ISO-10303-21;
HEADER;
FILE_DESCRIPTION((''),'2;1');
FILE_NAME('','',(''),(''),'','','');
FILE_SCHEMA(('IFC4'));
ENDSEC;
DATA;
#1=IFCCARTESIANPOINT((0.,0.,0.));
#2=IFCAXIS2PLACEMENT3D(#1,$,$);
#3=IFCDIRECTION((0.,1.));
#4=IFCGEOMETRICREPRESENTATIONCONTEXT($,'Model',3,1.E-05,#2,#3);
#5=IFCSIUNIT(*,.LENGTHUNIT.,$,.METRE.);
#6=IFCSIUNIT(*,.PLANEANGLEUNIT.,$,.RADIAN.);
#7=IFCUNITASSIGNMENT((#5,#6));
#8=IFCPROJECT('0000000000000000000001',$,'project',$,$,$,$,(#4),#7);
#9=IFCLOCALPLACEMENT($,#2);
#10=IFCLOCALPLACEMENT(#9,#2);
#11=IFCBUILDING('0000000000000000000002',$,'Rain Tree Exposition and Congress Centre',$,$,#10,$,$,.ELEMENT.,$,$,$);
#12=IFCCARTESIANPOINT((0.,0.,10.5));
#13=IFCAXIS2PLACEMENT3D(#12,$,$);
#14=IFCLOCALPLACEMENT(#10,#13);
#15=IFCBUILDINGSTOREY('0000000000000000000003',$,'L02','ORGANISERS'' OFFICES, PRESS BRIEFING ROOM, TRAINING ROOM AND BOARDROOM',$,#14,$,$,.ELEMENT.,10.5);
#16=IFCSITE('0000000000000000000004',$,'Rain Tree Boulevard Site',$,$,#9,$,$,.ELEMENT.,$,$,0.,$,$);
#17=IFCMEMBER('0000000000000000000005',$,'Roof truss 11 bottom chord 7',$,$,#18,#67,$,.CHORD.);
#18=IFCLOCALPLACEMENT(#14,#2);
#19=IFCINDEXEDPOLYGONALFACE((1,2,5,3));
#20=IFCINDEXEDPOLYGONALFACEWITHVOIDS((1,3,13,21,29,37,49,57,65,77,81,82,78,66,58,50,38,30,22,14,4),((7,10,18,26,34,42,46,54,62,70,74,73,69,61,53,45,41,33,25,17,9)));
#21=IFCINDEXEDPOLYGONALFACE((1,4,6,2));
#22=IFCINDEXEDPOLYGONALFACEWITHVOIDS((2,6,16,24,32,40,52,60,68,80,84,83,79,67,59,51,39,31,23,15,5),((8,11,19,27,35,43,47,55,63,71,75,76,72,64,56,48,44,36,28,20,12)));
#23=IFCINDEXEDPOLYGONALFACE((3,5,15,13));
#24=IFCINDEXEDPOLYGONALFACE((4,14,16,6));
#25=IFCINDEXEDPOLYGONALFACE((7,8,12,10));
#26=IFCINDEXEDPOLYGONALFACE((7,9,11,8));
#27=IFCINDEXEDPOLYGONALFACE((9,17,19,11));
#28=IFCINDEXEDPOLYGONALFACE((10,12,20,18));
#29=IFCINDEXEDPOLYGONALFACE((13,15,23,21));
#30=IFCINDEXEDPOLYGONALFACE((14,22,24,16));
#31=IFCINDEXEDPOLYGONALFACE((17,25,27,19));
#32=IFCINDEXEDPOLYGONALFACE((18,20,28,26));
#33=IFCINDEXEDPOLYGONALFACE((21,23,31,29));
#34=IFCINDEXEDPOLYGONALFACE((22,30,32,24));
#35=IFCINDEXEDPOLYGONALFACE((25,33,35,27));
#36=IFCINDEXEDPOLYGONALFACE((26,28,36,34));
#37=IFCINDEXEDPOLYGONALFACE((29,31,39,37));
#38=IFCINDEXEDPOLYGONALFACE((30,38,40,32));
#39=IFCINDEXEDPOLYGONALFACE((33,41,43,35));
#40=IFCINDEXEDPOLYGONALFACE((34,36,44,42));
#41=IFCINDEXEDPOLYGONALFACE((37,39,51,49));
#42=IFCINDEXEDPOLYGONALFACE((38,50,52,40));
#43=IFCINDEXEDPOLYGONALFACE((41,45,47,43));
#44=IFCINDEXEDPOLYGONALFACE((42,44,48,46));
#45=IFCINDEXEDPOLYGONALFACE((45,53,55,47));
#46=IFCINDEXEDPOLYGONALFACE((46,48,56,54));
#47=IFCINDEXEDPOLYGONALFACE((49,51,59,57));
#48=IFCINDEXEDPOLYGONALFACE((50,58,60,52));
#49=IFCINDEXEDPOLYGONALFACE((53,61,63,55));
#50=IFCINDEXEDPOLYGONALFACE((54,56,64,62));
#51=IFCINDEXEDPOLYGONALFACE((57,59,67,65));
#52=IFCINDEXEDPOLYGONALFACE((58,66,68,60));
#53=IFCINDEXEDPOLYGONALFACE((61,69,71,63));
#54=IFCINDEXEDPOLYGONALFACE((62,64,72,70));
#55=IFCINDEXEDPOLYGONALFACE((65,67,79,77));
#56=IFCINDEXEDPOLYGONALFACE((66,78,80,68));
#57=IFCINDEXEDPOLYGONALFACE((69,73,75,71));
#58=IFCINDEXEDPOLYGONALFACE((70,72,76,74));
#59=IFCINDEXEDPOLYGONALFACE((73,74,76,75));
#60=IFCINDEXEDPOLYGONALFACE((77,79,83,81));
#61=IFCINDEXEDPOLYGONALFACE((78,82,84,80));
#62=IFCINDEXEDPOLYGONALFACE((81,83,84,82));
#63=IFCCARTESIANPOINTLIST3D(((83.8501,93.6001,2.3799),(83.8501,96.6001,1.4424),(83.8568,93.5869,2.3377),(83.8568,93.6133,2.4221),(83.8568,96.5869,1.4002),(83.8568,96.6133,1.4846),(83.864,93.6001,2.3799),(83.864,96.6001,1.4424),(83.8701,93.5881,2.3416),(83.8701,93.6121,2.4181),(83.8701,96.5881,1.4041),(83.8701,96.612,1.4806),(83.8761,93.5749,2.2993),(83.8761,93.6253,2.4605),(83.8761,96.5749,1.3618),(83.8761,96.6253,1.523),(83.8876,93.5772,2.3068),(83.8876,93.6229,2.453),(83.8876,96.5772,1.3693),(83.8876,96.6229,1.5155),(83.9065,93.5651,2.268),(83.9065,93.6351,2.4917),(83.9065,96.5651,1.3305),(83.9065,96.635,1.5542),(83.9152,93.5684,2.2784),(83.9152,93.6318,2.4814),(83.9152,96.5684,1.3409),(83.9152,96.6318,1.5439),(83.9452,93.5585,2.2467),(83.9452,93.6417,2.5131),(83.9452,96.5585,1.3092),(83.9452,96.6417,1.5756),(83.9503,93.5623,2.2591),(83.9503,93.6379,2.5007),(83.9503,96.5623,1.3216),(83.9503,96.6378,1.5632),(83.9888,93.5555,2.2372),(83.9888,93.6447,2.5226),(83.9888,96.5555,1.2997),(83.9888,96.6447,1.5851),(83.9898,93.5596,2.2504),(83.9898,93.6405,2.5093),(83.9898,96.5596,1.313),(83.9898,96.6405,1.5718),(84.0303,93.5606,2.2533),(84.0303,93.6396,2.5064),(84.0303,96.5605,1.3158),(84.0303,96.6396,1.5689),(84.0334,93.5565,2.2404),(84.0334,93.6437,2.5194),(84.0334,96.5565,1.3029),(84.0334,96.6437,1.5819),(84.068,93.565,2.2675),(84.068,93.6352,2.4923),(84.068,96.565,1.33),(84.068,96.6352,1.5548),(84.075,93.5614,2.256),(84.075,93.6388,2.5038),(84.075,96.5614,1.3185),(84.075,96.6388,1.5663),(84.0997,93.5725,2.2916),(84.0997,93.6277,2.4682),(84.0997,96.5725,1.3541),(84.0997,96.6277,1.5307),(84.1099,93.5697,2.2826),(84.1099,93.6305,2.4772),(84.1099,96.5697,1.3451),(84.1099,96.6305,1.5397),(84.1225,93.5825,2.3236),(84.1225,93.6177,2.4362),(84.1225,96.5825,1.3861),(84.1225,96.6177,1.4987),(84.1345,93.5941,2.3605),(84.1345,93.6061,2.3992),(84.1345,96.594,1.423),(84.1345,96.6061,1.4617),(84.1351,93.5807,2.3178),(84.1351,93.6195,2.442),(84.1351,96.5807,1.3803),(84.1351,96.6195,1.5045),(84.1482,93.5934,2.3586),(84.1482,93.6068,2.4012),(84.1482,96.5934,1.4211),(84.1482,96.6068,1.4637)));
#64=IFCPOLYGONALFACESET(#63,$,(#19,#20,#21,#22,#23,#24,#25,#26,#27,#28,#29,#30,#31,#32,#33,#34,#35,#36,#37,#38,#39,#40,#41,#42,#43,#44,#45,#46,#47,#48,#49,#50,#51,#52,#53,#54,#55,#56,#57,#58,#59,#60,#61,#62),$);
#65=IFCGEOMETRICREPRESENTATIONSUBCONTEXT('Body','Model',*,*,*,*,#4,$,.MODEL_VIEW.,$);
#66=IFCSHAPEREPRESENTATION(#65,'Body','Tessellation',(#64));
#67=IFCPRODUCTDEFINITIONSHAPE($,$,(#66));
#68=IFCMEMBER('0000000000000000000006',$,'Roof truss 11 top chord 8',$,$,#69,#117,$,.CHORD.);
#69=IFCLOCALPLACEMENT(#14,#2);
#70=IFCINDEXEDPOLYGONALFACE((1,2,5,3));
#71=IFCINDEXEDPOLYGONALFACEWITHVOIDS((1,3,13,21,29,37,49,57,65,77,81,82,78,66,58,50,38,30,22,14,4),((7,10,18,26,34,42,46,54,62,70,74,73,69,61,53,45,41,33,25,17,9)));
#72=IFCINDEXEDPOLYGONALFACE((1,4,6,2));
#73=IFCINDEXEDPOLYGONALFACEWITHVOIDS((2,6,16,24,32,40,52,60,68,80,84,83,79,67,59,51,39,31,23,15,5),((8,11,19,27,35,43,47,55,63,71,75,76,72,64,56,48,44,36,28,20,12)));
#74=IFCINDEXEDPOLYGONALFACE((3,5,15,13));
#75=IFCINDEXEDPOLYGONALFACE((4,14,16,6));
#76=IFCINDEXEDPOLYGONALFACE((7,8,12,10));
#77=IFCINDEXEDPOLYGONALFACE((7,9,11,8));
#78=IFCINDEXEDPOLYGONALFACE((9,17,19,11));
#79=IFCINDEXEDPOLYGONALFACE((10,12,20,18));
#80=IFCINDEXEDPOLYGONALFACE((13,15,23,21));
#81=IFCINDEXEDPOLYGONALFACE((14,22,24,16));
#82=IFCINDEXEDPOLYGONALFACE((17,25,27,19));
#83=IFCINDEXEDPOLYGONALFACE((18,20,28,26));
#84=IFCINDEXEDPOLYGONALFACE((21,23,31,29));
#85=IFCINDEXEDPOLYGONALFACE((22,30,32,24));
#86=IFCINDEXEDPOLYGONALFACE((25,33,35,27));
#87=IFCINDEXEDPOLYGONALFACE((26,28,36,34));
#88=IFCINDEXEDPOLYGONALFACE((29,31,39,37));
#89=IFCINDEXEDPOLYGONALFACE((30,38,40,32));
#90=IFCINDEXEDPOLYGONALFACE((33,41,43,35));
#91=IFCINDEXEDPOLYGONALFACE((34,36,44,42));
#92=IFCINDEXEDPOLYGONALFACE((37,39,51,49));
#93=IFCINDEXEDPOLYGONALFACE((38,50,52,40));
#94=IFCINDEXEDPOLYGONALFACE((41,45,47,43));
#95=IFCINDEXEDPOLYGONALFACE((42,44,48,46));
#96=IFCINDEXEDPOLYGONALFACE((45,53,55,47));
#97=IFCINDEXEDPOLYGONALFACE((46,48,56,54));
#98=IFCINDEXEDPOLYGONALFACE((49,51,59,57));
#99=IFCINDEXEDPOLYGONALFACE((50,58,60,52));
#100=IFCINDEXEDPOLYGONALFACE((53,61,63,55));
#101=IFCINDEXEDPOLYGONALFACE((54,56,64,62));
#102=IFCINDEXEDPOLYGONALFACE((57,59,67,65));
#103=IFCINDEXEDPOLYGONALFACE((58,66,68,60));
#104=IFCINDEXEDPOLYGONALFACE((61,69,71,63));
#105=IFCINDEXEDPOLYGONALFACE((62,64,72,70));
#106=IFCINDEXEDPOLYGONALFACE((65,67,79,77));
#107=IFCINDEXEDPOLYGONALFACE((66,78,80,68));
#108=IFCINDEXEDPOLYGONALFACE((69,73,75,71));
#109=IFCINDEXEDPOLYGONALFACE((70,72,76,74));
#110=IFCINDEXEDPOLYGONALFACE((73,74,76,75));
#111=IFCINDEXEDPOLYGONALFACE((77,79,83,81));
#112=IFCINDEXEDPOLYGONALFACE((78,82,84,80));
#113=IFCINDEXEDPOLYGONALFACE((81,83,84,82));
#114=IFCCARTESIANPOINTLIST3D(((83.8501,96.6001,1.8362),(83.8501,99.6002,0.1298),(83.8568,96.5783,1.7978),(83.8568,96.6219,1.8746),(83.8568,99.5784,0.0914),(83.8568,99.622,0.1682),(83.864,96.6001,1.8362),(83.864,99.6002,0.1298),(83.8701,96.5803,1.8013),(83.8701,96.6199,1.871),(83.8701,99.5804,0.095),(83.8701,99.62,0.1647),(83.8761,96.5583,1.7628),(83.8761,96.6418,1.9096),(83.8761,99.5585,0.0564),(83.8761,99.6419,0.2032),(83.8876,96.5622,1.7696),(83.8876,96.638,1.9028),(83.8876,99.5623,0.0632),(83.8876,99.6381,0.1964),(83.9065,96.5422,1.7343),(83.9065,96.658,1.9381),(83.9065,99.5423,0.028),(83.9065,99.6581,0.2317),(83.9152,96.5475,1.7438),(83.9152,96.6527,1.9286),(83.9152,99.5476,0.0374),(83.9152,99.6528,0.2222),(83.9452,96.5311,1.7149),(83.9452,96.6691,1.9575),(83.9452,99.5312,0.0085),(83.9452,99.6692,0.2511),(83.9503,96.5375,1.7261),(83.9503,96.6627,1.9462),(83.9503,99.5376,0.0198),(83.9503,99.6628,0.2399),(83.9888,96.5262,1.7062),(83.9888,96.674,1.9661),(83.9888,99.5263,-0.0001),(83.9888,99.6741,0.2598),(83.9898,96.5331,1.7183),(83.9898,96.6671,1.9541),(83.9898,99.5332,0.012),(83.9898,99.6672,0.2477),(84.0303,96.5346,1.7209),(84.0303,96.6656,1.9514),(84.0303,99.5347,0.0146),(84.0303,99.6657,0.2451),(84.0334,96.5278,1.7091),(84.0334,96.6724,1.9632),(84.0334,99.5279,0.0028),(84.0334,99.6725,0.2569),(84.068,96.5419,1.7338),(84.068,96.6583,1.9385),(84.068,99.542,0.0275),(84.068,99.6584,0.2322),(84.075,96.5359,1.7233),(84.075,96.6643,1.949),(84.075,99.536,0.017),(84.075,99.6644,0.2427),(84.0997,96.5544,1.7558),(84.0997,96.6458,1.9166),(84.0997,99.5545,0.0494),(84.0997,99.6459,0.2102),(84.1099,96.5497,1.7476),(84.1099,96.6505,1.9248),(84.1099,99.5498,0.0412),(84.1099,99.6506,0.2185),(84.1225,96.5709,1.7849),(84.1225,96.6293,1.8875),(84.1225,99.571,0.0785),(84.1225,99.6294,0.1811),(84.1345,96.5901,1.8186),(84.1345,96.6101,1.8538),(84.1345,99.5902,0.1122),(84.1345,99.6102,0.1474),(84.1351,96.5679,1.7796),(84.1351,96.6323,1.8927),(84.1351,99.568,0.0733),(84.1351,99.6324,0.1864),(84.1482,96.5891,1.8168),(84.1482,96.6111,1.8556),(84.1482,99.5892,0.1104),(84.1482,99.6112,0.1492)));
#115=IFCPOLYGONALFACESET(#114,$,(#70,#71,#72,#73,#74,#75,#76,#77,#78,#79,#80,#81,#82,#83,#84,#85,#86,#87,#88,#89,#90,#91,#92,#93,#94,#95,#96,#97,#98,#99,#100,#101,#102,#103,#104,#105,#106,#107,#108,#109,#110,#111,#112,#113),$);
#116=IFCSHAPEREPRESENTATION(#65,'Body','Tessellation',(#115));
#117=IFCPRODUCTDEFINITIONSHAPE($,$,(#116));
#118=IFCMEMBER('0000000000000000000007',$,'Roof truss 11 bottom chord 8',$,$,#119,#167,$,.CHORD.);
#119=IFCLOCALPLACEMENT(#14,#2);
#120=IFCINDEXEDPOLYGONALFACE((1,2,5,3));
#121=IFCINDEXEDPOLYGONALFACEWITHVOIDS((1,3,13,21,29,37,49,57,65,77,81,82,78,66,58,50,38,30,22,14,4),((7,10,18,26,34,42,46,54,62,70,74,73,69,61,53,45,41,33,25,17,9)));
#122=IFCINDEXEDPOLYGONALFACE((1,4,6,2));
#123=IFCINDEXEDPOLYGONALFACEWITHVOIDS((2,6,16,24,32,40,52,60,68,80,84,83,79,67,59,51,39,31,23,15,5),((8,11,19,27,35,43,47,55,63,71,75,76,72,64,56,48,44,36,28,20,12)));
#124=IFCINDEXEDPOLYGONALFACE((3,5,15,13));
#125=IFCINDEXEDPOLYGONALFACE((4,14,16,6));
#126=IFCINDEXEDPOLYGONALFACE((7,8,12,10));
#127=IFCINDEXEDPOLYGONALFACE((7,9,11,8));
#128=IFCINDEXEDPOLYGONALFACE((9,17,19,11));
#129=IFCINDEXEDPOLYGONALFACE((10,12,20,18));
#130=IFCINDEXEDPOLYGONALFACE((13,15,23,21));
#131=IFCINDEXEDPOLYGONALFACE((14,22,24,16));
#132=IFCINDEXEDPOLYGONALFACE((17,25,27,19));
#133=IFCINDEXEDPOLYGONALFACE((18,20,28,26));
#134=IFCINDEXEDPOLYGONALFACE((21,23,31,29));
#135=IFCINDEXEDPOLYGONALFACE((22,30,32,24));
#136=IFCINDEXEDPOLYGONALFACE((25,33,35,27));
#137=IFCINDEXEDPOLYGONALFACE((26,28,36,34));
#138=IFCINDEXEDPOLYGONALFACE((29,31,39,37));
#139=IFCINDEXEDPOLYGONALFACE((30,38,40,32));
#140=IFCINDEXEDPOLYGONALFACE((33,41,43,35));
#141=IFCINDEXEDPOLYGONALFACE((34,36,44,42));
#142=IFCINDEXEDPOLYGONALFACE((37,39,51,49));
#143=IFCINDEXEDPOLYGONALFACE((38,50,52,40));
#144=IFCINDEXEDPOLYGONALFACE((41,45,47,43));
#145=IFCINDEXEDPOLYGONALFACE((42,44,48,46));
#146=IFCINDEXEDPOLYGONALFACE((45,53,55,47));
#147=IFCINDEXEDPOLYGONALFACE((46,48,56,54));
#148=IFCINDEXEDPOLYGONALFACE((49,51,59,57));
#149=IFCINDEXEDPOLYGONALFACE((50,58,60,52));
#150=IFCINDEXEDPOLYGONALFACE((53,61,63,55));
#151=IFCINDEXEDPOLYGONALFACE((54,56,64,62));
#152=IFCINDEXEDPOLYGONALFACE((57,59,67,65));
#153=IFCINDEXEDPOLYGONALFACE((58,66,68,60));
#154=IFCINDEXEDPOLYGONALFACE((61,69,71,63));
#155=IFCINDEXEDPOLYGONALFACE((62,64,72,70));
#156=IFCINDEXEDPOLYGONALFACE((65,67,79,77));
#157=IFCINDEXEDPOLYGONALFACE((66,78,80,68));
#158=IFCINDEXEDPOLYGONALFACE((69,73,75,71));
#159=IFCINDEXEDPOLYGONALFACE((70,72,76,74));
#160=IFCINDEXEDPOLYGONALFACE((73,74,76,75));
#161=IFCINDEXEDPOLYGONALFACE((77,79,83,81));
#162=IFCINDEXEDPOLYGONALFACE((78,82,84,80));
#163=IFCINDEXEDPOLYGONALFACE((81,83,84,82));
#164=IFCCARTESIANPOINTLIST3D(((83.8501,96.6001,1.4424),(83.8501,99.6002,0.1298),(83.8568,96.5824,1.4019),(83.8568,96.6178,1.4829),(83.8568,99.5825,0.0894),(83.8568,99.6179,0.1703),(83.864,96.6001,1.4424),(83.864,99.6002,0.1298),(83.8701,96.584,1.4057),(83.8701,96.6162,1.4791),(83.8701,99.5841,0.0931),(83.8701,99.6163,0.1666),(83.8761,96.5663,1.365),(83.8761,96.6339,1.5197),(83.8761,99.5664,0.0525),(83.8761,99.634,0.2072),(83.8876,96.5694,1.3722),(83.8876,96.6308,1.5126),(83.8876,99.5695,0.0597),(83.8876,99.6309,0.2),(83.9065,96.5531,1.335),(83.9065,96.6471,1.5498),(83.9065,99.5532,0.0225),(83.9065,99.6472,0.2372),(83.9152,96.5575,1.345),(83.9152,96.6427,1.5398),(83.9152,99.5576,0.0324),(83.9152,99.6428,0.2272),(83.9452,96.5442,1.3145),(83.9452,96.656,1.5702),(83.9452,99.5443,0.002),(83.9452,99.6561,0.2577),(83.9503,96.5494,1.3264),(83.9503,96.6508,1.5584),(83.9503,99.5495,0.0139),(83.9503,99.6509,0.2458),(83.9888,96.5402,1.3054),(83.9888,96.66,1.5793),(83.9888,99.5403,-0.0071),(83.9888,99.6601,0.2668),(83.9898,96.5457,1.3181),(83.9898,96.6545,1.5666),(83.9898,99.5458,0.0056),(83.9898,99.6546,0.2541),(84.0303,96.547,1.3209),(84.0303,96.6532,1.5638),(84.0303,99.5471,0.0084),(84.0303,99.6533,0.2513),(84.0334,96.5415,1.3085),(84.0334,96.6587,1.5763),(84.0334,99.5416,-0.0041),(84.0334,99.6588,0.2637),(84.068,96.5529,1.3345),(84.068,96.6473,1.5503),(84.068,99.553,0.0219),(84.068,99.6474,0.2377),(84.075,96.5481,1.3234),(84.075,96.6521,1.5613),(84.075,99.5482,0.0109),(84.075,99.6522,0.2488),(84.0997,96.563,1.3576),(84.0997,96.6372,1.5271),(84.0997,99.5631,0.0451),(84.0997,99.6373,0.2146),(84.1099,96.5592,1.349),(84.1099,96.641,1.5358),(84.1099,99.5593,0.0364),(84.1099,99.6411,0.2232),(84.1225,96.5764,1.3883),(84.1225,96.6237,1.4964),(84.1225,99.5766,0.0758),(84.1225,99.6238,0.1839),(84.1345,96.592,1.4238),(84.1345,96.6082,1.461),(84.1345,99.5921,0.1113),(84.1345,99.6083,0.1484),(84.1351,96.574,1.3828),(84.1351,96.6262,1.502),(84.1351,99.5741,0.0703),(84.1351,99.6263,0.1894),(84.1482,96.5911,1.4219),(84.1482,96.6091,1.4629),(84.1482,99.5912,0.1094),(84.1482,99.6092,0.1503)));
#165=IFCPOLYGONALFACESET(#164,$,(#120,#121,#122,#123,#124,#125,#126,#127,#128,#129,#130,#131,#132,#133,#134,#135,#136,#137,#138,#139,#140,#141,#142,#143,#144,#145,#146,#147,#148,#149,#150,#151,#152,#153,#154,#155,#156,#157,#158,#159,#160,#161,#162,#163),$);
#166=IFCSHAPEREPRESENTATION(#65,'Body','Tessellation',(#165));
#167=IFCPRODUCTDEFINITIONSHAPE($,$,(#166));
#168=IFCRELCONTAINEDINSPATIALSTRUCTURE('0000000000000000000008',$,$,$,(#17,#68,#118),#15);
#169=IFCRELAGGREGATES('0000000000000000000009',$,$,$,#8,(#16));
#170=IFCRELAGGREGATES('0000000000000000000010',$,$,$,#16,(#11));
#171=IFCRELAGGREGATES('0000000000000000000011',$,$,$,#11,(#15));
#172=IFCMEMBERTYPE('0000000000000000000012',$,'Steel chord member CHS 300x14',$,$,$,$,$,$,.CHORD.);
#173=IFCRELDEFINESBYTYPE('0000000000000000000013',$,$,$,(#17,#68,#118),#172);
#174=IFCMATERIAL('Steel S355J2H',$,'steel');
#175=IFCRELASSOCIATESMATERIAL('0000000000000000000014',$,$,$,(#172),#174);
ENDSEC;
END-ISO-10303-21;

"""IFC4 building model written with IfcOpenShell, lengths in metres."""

from ifc_helpers import new_model, si_unit, direction, frame, origin, origin_2d, place, context, subcontext, project, spatial, hollow_circle, extrude, material, material_profile, profile_set, type_object, element, save


model = new_model("IFC4")

# Units and contexts
model_context = context("Model", 3, precision=1e-05, world=origin(), true_north=direction((0.0, 1.0)))
body_context = subcontext(model_context, "Body", "Model", "MODEL_VIEW")
ifc_project = project(units=[si_unit("LENGTHUNIT", "METRE"), si_unit("PLANEANGLEUNIT", "RADIAN")], contexts=[model_context])

# Site, building, storey
site_placement = place(None, origin())
site = spatial("IfcSite", under=ifc_project, at=site_placement, Name="Rain Tree Boulevard Site", CompositionType="ELEMENT", RefElevation=0.0)
building_placement = place(site_placement, origin())
building = spatial("IfcBuilding", under=site, at=building_placement, Name="Rain Tree Exposition and Congress Centre", CompositionType="ELEMENT")
storey_placement = place(building_placement, frame((0.0, 0.0, 10.5)))
storey = spatial("IfcBuildingStorey", under=building, at=storey_placement, Name="L02", Description="ORGANISERS' OFFICES, PRESS BRIEFING ROOM, TRAINING ROOM AND BOARDROOM", CompositionType="ELEMENT", Elevation=10.5)

# Members
ifc_material_1 = material(Name="Steel S355J2H", Category="steel")
ifc_material_profile_1 = material_profile(ifc_material_1, hollow_circle(Radius=0.1499, WallThickness=0.0139, at=origin_2d()), Name="CHS 300x14")
ifc_profile_set_1 = profile_set([ifc_material_profile_1], Name="Steel S355J2H")
member_type_1 = type_object("IfcMemberType", Name="Steel chord member CHS 300x14", PredefinedType="CHORD", material=ifc_profile_set_1)
member_1_placement = place(storey_placement, frame((84.0, 93.6001, 2.3799), z_axis=(0.0, 0.95448, -0.298275), x_axis=(-1.0, 0.0, 0.0)))
element("IfcMember", 1, at=member_1_placement, inside=storey, type_object=member_type_1, Name="Roof truss 11 bottom chord 7", PredefinedType="CHORD", context=body_context, shape_type="SweptSolid", body=[
    extrude(hollow_circle(Radius=0.1499, WallThickness=0.0139, at=origin_2d()), origin(), (0.0, 0.0, 1.0), 3.1431),
])
member_2_placement = place(storey_placement, frame((84.0, 96.6001, 1.8362), z_axis=(0.0, 0.869238, -0.494393), x_axis=(-1.0, 0.0, 0.0)))
element("IfcMember", 2, at=member_2_placement, inside=storey, type_object=member_type_1, Name="Roof truss 11 top chord 8", PredefinedType="CHORD", context=body_context, shape_type="SweptSolid", body=[
    extrude(hollow_circle(Radius=0.1499, WallThickness=0.0139, at=origin_2d()), origin(), (0.0, 0.0, 1.0), 3.4514),
])
member_3_placement = place(storey_placement, frame((84.0, 96.6001, 1.4424), z_axis=(0.0, 0.916157, -0.400819), x_axis=(-1.0, 0.0, 0.0)))
element("IfcMember", 3, at=member_3_placement, inside=storey, type_object=member_type_1, Name="Roof truss 11 bottom chord 8", PredefinedType="CHORD", context=body_context, shape_type="SweptSolid", body=[
    extrude(hollow_circle(Radius=0.1499, WallThickness=0.0139, at=origin_2d()), origin(), (0.0, 0.0, 1.0), 3.2747),
])

save(model, "model.ifc")
